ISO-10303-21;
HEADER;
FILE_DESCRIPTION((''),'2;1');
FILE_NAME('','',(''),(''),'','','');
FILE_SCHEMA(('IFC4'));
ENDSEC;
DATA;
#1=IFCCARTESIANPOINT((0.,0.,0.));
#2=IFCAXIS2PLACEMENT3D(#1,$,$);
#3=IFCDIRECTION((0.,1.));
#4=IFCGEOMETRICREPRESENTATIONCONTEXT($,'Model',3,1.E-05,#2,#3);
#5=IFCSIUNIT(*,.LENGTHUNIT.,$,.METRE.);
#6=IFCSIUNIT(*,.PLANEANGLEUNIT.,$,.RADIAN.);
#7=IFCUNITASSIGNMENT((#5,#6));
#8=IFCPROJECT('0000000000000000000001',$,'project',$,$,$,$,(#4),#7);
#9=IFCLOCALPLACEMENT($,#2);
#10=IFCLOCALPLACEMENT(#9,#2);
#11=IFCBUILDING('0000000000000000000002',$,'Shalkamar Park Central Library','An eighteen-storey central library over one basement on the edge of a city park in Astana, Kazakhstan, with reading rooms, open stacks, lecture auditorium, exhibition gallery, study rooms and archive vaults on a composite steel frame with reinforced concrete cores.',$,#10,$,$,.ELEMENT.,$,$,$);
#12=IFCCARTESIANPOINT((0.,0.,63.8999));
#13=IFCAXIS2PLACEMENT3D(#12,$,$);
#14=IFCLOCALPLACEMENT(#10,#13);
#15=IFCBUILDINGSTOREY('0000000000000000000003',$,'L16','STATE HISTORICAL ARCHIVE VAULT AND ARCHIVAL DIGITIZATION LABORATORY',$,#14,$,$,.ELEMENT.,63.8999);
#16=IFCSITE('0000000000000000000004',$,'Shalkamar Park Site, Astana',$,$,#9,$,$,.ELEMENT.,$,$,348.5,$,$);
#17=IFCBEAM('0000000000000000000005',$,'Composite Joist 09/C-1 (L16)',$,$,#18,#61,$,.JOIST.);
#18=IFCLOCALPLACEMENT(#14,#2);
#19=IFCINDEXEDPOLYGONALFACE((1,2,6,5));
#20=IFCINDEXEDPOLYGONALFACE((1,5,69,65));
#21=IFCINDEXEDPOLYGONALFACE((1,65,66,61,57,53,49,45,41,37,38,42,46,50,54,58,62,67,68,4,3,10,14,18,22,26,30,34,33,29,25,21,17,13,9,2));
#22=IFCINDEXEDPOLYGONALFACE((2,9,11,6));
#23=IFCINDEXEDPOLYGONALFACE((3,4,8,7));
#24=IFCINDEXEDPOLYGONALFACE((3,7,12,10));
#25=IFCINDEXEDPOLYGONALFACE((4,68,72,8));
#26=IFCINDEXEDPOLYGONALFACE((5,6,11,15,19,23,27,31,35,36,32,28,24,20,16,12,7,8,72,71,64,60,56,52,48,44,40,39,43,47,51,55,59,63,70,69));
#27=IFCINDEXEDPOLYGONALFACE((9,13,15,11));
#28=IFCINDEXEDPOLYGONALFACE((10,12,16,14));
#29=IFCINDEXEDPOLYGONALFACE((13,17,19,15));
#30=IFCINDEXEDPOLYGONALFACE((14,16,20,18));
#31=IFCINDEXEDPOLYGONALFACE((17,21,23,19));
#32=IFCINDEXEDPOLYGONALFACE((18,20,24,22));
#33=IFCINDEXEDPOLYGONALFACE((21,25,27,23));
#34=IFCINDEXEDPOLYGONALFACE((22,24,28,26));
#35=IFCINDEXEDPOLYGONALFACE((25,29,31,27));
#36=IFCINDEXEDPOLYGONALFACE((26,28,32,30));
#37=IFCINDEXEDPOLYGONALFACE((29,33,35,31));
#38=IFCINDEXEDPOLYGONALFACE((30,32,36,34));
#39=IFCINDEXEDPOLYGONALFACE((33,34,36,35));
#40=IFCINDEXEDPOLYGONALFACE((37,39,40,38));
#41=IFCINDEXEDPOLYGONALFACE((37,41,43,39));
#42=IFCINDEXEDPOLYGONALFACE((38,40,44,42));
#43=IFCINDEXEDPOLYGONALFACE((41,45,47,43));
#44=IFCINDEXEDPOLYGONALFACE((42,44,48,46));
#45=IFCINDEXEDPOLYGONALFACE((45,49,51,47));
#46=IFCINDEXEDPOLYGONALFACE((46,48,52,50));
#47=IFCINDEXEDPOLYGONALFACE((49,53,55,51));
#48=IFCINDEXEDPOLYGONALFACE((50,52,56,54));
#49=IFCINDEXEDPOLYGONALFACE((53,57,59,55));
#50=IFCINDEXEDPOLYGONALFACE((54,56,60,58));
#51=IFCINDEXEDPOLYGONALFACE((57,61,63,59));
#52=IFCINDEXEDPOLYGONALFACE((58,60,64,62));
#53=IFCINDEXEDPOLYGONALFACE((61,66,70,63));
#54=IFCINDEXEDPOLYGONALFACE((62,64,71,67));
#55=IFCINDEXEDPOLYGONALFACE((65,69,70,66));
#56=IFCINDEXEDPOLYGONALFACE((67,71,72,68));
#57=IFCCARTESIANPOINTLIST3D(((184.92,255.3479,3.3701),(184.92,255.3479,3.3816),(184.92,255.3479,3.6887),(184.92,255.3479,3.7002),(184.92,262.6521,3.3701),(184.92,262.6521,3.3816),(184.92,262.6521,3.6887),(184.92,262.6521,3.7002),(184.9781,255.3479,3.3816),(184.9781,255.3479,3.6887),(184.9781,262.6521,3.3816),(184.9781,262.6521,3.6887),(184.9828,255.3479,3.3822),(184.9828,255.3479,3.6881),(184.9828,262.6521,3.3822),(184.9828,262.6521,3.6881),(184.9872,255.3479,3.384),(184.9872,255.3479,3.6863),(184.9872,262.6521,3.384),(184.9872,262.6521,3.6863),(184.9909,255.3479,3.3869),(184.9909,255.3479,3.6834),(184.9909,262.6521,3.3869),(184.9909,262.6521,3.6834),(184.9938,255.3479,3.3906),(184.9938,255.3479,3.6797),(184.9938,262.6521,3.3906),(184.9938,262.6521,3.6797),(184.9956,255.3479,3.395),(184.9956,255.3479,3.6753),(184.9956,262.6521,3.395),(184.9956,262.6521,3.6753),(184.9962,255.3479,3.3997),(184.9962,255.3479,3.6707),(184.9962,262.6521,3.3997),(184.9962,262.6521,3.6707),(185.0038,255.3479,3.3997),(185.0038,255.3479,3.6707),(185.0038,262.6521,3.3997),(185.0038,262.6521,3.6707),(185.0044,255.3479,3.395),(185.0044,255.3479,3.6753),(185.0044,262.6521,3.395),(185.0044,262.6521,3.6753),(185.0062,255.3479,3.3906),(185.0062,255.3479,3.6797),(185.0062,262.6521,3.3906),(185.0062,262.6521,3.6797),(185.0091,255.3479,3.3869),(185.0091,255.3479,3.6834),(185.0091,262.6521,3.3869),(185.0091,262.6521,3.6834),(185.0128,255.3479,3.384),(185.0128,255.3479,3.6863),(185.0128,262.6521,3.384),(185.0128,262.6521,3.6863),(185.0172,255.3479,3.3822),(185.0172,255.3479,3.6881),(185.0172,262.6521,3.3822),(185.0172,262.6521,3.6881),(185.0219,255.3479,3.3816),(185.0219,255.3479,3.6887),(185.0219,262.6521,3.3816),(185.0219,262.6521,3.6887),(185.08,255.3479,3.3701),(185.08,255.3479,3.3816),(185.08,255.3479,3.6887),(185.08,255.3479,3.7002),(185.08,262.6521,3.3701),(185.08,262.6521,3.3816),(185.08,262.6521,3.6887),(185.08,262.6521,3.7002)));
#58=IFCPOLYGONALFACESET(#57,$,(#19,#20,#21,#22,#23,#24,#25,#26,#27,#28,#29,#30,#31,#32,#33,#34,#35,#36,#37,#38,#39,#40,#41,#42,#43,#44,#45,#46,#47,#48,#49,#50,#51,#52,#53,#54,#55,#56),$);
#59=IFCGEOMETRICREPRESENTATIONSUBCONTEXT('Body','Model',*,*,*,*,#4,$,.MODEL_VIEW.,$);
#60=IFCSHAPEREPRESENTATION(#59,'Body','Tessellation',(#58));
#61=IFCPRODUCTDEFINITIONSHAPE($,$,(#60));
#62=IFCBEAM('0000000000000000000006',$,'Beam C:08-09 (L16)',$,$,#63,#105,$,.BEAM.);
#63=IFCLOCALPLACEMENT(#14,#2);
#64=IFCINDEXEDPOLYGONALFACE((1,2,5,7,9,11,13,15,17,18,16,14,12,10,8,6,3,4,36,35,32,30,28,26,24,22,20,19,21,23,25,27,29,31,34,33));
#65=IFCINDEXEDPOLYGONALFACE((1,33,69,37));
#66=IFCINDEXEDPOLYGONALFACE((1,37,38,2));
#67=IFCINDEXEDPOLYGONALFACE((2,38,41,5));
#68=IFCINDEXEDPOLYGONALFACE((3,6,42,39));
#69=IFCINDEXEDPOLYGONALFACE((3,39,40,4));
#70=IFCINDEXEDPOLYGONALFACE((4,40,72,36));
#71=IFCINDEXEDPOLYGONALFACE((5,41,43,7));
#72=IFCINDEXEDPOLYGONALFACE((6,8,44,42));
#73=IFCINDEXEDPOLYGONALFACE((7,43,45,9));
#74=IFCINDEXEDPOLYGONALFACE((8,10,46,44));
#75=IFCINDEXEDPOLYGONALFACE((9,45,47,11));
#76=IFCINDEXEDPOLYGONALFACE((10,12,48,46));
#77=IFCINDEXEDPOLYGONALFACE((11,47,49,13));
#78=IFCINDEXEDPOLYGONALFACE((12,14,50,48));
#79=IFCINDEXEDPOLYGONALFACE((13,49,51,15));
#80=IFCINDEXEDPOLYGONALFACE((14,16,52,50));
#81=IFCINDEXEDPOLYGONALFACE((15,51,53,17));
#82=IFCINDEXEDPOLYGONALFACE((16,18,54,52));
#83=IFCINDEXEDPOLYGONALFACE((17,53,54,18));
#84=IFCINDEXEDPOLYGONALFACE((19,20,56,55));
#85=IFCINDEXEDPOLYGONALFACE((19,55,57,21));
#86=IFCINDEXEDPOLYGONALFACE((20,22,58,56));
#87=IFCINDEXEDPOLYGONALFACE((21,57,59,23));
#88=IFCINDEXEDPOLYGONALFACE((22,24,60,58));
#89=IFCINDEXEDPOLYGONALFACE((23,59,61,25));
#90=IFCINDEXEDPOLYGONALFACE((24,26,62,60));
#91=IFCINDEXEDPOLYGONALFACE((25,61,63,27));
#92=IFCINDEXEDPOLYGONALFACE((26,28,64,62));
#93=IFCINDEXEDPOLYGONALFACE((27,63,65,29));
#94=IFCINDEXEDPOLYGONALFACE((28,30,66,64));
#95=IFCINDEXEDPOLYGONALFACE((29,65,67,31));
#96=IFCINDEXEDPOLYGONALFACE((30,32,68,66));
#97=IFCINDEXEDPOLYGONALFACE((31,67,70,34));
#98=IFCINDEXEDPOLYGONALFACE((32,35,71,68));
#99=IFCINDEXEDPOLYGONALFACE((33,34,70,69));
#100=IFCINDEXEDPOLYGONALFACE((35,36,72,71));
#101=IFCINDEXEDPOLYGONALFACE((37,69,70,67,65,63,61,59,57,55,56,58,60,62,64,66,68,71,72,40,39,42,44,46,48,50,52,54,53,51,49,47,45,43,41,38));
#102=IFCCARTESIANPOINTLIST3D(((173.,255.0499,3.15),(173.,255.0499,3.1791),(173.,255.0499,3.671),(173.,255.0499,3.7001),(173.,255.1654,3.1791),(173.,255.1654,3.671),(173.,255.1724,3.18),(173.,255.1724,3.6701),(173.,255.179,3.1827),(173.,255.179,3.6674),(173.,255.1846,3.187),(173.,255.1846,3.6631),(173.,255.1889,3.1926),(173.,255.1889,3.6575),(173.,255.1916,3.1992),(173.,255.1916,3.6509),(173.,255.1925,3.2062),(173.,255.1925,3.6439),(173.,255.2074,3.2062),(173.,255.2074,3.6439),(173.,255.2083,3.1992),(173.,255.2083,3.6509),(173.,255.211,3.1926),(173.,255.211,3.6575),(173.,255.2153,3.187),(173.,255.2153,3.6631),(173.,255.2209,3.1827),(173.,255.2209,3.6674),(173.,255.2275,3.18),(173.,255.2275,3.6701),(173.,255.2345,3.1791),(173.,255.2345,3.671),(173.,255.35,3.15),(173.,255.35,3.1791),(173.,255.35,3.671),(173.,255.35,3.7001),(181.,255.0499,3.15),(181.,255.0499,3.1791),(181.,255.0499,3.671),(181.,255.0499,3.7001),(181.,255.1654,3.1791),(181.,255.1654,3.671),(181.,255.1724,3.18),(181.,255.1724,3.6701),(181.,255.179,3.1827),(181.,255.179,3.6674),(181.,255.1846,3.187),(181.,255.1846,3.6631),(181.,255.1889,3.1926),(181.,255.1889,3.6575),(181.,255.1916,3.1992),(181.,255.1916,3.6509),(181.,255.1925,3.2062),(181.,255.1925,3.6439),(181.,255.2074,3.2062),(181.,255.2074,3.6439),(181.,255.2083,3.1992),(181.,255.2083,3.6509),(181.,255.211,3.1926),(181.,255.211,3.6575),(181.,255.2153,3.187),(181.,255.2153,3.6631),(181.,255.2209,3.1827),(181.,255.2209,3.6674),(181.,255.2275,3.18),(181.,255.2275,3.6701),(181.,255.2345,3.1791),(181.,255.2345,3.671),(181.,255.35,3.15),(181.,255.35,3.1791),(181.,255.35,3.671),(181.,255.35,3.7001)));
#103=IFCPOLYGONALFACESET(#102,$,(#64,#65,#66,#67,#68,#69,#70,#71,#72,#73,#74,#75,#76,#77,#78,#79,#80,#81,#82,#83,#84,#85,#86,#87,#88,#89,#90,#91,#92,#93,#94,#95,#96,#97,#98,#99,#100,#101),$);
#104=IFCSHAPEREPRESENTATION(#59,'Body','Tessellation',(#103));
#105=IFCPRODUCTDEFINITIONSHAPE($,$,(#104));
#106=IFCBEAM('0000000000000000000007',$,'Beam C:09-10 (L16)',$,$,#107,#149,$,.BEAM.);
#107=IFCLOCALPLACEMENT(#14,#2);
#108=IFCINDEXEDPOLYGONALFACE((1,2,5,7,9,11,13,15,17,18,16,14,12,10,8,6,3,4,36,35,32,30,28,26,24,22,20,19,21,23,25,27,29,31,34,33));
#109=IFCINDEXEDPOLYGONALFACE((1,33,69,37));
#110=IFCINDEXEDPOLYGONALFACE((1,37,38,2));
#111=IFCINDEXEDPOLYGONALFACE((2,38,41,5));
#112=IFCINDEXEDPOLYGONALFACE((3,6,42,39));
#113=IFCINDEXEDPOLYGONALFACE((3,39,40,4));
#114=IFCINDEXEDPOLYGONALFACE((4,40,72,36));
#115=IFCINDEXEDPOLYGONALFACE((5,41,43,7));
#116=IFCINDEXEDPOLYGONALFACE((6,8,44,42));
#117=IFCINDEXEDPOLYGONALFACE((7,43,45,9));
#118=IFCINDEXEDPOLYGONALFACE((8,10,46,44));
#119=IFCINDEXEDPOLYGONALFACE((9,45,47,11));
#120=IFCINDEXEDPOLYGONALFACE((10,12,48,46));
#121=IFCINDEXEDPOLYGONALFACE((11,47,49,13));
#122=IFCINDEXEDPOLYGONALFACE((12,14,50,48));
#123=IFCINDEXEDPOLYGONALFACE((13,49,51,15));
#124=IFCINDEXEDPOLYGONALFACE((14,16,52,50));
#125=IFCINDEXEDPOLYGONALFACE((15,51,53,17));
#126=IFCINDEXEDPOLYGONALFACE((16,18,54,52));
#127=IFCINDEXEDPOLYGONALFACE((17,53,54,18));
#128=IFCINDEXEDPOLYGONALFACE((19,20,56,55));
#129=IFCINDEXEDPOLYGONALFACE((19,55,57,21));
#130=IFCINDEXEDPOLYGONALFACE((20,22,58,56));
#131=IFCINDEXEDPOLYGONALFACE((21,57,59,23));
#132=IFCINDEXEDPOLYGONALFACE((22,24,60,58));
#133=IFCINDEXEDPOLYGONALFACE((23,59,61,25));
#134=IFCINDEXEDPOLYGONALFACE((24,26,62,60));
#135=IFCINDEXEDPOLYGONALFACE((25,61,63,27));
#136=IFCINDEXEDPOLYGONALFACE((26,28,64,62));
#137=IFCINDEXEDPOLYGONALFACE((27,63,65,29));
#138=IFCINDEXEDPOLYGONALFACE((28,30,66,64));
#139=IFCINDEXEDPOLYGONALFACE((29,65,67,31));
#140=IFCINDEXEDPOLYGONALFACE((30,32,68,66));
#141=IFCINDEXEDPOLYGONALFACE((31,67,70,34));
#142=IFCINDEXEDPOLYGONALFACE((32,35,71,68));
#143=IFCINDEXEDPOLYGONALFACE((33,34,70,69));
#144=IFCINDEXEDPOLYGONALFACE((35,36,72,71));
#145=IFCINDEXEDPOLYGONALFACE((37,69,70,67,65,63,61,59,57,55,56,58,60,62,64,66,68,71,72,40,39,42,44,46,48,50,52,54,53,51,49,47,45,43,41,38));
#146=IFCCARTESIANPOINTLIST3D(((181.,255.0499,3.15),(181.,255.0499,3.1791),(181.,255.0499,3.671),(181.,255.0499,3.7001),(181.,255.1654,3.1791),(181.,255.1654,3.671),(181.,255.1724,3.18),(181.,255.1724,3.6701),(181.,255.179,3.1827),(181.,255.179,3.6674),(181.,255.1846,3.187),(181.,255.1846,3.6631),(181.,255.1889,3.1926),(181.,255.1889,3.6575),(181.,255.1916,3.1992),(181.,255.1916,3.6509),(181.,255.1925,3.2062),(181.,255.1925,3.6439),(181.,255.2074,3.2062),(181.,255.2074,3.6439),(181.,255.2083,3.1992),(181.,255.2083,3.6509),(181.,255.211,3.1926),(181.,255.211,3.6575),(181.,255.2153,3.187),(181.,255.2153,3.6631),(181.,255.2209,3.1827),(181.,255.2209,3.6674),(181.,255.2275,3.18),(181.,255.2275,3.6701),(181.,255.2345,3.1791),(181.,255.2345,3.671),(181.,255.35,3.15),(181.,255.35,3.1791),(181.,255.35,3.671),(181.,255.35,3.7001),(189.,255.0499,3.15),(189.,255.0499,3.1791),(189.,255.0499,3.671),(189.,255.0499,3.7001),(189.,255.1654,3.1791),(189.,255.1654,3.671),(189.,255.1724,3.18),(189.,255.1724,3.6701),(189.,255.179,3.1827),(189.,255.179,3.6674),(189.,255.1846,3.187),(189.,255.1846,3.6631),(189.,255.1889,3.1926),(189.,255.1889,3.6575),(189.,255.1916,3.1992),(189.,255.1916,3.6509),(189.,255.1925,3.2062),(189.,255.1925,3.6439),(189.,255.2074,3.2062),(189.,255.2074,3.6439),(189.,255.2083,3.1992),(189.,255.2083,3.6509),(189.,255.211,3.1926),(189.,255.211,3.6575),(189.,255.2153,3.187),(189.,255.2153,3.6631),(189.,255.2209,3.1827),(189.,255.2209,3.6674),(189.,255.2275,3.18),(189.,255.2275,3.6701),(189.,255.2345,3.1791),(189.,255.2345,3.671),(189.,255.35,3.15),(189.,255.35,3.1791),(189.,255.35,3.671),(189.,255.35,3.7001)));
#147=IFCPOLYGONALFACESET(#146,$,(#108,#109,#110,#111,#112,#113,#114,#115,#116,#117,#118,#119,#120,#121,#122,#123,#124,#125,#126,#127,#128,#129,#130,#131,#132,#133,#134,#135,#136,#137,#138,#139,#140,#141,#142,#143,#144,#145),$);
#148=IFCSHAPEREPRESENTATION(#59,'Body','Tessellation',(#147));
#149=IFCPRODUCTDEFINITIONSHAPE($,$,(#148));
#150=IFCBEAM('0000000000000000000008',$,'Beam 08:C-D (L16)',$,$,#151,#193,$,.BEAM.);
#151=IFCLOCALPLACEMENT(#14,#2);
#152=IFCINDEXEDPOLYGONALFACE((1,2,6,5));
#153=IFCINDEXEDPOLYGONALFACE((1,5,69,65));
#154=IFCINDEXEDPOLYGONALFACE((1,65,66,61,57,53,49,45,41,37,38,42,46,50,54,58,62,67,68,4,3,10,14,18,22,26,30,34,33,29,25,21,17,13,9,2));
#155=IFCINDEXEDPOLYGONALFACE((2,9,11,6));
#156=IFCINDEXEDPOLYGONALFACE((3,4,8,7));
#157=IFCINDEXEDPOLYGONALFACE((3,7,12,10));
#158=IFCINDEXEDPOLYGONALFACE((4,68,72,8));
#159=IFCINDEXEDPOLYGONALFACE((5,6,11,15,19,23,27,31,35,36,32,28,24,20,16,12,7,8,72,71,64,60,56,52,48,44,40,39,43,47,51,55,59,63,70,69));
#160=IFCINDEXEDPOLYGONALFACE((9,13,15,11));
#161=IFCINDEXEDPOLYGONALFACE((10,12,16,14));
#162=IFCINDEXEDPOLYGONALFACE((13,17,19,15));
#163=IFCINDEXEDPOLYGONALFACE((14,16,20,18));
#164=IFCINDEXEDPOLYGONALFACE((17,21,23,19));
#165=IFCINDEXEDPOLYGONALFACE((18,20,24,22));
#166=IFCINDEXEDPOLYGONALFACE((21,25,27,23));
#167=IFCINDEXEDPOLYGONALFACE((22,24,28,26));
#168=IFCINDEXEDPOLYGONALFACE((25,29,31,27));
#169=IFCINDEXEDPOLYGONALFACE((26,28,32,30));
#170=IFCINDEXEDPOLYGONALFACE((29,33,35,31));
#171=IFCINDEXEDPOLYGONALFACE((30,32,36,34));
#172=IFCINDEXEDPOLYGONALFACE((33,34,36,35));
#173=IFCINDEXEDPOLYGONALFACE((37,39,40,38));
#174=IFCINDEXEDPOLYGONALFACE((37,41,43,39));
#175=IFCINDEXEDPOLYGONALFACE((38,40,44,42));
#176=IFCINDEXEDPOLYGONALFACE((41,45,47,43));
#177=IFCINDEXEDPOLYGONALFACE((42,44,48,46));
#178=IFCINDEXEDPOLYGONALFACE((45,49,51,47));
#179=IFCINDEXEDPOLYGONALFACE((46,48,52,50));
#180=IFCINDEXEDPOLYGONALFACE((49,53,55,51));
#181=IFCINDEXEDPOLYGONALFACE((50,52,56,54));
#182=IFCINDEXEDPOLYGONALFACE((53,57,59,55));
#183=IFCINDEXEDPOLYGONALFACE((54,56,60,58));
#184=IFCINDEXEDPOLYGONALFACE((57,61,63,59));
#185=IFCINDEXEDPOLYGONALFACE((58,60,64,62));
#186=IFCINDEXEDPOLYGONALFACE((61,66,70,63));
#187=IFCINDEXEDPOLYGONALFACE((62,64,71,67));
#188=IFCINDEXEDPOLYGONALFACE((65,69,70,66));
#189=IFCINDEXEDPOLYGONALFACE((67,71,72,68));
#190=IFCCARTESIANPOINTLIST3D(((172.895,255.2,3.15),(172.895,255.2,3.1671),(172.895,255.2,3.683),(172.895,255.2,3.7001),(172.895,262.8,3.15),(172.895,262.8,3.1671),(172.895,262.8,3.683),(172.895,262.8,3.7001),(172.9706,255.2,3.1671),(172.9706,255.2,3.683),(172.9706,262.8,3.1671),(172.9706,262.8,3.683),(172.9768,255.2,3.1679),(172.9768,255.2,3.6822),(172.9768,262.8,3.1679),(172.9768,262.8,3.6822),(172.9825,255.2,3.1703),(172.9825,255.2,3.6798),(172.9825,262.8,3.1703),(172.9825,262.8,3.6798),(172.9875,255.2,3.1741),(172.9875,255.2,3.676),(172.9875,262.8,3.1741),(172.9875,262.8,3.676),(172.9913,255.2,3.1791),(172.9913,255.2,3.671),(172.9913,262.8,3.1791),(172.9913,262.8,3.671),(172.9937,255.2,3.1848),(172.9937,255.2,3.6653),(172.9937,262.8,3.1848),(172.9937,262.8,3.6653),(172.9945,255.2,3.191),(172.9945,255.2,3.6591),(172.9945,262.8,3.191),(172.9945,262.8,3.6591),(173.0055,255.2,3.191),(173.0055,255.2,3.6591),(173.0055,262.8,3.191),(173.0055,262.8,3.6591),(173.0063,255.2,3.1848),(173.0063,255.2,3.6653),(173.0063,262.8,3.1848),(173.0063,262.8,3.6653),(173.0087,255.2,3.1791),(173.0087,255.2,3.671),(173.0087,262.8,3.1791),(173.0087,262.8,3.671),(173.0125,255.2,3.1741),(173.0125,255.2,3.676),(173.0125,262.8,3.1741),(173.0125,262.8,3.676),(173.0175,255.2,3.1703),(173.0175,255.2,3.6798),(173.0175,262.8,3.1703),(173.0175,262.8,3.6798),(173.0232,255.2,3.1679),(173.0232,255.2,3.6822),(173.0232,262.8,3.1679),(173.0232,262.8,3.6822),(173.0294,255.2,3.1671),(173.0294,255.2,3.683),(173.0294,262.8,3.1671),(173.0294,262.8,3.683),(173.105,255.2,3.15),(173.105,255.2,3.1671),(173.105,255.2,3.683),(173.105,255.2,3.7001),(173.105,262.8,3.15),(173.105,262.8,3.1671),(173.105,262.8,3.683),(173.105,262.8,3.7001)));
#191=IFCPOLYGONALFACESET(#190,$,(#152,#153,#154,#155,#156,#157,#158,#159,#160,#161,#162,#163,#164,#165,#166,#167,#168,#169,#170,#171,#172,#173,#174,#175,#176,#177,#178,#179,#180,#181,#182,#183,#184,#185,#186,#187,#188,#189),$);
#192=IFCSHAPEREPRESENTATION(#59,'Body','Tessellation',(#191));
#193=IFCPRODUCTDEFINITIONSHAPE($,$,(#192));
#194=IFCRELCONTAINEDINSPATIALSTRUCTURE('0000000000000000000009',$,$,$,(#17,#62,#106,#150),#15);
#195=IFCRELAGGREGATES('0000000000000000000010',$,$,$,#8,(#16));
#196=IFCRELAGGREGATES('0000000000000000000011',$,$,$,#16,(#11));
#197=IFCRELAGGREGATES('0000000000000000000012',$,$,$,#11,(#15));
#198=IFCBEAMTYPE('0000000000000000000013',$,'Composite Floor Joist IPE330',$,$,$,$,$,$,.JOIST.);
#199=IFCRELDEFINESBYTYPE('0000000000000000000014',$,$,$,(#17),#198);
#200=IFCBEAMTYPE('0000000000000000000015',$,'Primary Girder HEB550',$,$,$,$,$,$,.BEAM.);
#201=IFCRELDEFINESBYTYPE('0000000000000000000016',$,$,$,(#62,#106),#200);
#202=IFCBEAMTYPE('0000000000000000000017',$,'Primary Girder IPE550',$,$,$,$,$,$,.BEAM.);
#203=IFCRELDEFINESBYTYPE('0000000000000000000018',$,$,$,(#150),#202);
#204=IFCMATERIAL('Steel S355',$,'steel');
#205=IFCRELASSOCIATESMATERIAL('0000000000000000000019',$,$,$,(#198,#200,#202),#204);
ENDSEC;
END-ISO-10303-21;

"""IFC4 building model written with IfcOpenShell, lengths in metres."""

from ifc_helpers import new_model, si_unit, direction, frame, origin, origin_2d, place, context, subcontext, project, spatial, i_section, extrude, material, material_profile, profile_set, type_object, element, save


model = new_model("IFC4")

# Units and contexts
model_context = context("Model", 3, precision=1e-05, world=origin(), true_north=direction((0.0, 1.0)))
body_context = subcontext(model_context, "Body", "Model", "MODEL_VIEW")
ifc_project = project(units=[si_unit("LENGTHUNIT", "METRE"), si_unit("PLANEANGLEUNIT", "RADIAN")], contexts=[model_context])

# Site, building, storey
site_placement = place(None, origin())
site = spatial("IfcSite", under=ifc_project, at=site_placement, Name="Shalkamar Park Site, Astana", CompositionType="ELEMENT", RefElevation=348.5)
building_placement = place(site_placement, origin())
building = spatial("IfcBuilding", under=site, at=building_placement, Name="Shalkamar Park Central Library", Description="An eighteen-storey central library over one basement on the edge of a city park in Astana, Kazakhstan, with reading rooms, open stacks, lecture auditorium, exhibition gallery, study rooms and archive vaults on a composite steel frame with reinforced concrete cores.", CompositionType="ELEMENT")
storey_placement = place(building_placement, frame((0.0, 0.0, 63.8999)))
storey = spatial("IfcBuildingStorey", under=building, at=storey_placement, Name="L16", Description="STATE HISTORICAL ARCHIVE VAULT AND ARCHIVAL DIGITIZATION LABORATORY", CompositionType="ELEMENT", Elevation=63.8999)

# Shared definitions
ifc_material_1 = material(Name="Steel S355", Category="steel")

# Beams
ifc_material_profile_1 = material_profile(ifc_material_1, i_section(OverallWidth=0.1599, OverallDepth=0.3301, WebThickness=0.0076, FlangeThickness=0.0115, FilletRadius=0.0181, at=origin_2d()), Name="IPE 330")
ifc_profile_set_1 = profile_set([ifc_material_profile_1], Name="Steel S355")
beam_type_1 = type_object("IfcBeamType", Name="Composite Floor Joist IPE330", PredefinedType="JOIST", material=ifc_profile_set_1)
for number, where, z_axis, x_axis, name in (
    (1, (185.0, 255.3479, 3.5352), (0.0, 1.0, 0.0), (-1.0, 0.0, 0.0), "Composite Joist 09/C-1 (L16)"),
):
    element("IfcBeam", number, at=place(storey_placement, frame(where, z_axis=z_axis, x_axis=x_axis)), inside=storey, type_object=beam_type_1, Name=name, PredefinedType="JOIST", context=body_context, shape_type="SweptSolid", body=[
        extrude(i_section(OverallWidth=0.1599, OverallDepth=0.3301, WebThickness=0.0076, FlangeThickness=0.0115, FilletRadius=0.0181, at=origin_2d()), origin(), (0.0, 0.0, 1.0), 7.3042),
    ])
ifc_material_profile_2 = material_profile(ifc_material_1, i_section(OverallWidth=0.3, OverallDepth=0.55, WebThickness=0.0149, FlangeThickness=0.0291, FilletRadius=0.0271, at=origin_2d()), Name="HEB 550")
ifc_profile_set_2 = profile_set([ifc_material_profile_2], Name="Steel S355")
beam_type_2 = type_object("IfcBeamType", Name="Primary Girder HEB550", PredefinedType="BEAM", material=ifc_profile_set_2)
for number, where, z_axis, x_axis, name in (
    (2, (173.0, 255.2, 3.425), (1.0, 0.0, 0.0), (0.0, 1.0, 0.0), "Beam C:08-09 (L16)"),
    (3, (181.0, 255.2, 3.425), (1.0, 0.0, 0.0), (0.0, 1.0, 0.0), "Beam C:09-10 (L16)"),
):
    element("IfcBeam", number, at=place(storey_placement, frame(where, z_axis=z_axis, x_axis=x_axis)), inside=storey, type_object=beam_type_2, Name=name, PredefinedType="BEAM", context=body_context, shape_type="SweptSolid", body=[
        extrude(i_section(OverallWidth=0.3, OverallDepth=0.55, WebThickness=0.0149, FlangeThickness=0.0291, FilletRadius=0.0271, at=origin_2d()), origin(), (0.0, 0.0, 1.0), 8.0),
    ])
ifc_material_profile_3 = material_profile(ifc_material_1, i_section(OverallWidth=0.21, OverallDepth=0.55, WebThickness=0.011, FlangeThickness=0.0171, FilletRadius=0.0239, at=origin_2d()), Name="IPE 550")
ifc_profile_set_3 = profile_set([ifc_material_profile_3], Name="Steel S355")
beam_type_3 = type_object("IfcBeamType", Name="Primary Girder IPE550", PredefinedType="BEAM", material=ifc_profile_set_3)
for number, where, z_axis, x_axis, name in (
    (4, (173.0, 255.2, 3.425), (0.0, 1.0, 0.0), (-1.0, 0.0, 0.0), "Beam 08:C-D (L16)"),
):
    element("IfcBeam", number, at=place(storey_placement, frame(where, z_axis=z_axis, x_axis=x_axis)), inside=storey, type_object=beam_type_3, Name=name, PredefinedType="BEAM", context=body_context, shape_type="SweptSolid", body=[
        extrude(i_section(OverallWidth=0.21, OverallDepth=0.55, WebThickness=0.011, FlangeThickness=0.0171, FilletRadius=0.0239, at=origin_2d()), origin(), (0.0, 0.0, 1.0), 7.6001),
    ])

save(model, "model.ifc")
